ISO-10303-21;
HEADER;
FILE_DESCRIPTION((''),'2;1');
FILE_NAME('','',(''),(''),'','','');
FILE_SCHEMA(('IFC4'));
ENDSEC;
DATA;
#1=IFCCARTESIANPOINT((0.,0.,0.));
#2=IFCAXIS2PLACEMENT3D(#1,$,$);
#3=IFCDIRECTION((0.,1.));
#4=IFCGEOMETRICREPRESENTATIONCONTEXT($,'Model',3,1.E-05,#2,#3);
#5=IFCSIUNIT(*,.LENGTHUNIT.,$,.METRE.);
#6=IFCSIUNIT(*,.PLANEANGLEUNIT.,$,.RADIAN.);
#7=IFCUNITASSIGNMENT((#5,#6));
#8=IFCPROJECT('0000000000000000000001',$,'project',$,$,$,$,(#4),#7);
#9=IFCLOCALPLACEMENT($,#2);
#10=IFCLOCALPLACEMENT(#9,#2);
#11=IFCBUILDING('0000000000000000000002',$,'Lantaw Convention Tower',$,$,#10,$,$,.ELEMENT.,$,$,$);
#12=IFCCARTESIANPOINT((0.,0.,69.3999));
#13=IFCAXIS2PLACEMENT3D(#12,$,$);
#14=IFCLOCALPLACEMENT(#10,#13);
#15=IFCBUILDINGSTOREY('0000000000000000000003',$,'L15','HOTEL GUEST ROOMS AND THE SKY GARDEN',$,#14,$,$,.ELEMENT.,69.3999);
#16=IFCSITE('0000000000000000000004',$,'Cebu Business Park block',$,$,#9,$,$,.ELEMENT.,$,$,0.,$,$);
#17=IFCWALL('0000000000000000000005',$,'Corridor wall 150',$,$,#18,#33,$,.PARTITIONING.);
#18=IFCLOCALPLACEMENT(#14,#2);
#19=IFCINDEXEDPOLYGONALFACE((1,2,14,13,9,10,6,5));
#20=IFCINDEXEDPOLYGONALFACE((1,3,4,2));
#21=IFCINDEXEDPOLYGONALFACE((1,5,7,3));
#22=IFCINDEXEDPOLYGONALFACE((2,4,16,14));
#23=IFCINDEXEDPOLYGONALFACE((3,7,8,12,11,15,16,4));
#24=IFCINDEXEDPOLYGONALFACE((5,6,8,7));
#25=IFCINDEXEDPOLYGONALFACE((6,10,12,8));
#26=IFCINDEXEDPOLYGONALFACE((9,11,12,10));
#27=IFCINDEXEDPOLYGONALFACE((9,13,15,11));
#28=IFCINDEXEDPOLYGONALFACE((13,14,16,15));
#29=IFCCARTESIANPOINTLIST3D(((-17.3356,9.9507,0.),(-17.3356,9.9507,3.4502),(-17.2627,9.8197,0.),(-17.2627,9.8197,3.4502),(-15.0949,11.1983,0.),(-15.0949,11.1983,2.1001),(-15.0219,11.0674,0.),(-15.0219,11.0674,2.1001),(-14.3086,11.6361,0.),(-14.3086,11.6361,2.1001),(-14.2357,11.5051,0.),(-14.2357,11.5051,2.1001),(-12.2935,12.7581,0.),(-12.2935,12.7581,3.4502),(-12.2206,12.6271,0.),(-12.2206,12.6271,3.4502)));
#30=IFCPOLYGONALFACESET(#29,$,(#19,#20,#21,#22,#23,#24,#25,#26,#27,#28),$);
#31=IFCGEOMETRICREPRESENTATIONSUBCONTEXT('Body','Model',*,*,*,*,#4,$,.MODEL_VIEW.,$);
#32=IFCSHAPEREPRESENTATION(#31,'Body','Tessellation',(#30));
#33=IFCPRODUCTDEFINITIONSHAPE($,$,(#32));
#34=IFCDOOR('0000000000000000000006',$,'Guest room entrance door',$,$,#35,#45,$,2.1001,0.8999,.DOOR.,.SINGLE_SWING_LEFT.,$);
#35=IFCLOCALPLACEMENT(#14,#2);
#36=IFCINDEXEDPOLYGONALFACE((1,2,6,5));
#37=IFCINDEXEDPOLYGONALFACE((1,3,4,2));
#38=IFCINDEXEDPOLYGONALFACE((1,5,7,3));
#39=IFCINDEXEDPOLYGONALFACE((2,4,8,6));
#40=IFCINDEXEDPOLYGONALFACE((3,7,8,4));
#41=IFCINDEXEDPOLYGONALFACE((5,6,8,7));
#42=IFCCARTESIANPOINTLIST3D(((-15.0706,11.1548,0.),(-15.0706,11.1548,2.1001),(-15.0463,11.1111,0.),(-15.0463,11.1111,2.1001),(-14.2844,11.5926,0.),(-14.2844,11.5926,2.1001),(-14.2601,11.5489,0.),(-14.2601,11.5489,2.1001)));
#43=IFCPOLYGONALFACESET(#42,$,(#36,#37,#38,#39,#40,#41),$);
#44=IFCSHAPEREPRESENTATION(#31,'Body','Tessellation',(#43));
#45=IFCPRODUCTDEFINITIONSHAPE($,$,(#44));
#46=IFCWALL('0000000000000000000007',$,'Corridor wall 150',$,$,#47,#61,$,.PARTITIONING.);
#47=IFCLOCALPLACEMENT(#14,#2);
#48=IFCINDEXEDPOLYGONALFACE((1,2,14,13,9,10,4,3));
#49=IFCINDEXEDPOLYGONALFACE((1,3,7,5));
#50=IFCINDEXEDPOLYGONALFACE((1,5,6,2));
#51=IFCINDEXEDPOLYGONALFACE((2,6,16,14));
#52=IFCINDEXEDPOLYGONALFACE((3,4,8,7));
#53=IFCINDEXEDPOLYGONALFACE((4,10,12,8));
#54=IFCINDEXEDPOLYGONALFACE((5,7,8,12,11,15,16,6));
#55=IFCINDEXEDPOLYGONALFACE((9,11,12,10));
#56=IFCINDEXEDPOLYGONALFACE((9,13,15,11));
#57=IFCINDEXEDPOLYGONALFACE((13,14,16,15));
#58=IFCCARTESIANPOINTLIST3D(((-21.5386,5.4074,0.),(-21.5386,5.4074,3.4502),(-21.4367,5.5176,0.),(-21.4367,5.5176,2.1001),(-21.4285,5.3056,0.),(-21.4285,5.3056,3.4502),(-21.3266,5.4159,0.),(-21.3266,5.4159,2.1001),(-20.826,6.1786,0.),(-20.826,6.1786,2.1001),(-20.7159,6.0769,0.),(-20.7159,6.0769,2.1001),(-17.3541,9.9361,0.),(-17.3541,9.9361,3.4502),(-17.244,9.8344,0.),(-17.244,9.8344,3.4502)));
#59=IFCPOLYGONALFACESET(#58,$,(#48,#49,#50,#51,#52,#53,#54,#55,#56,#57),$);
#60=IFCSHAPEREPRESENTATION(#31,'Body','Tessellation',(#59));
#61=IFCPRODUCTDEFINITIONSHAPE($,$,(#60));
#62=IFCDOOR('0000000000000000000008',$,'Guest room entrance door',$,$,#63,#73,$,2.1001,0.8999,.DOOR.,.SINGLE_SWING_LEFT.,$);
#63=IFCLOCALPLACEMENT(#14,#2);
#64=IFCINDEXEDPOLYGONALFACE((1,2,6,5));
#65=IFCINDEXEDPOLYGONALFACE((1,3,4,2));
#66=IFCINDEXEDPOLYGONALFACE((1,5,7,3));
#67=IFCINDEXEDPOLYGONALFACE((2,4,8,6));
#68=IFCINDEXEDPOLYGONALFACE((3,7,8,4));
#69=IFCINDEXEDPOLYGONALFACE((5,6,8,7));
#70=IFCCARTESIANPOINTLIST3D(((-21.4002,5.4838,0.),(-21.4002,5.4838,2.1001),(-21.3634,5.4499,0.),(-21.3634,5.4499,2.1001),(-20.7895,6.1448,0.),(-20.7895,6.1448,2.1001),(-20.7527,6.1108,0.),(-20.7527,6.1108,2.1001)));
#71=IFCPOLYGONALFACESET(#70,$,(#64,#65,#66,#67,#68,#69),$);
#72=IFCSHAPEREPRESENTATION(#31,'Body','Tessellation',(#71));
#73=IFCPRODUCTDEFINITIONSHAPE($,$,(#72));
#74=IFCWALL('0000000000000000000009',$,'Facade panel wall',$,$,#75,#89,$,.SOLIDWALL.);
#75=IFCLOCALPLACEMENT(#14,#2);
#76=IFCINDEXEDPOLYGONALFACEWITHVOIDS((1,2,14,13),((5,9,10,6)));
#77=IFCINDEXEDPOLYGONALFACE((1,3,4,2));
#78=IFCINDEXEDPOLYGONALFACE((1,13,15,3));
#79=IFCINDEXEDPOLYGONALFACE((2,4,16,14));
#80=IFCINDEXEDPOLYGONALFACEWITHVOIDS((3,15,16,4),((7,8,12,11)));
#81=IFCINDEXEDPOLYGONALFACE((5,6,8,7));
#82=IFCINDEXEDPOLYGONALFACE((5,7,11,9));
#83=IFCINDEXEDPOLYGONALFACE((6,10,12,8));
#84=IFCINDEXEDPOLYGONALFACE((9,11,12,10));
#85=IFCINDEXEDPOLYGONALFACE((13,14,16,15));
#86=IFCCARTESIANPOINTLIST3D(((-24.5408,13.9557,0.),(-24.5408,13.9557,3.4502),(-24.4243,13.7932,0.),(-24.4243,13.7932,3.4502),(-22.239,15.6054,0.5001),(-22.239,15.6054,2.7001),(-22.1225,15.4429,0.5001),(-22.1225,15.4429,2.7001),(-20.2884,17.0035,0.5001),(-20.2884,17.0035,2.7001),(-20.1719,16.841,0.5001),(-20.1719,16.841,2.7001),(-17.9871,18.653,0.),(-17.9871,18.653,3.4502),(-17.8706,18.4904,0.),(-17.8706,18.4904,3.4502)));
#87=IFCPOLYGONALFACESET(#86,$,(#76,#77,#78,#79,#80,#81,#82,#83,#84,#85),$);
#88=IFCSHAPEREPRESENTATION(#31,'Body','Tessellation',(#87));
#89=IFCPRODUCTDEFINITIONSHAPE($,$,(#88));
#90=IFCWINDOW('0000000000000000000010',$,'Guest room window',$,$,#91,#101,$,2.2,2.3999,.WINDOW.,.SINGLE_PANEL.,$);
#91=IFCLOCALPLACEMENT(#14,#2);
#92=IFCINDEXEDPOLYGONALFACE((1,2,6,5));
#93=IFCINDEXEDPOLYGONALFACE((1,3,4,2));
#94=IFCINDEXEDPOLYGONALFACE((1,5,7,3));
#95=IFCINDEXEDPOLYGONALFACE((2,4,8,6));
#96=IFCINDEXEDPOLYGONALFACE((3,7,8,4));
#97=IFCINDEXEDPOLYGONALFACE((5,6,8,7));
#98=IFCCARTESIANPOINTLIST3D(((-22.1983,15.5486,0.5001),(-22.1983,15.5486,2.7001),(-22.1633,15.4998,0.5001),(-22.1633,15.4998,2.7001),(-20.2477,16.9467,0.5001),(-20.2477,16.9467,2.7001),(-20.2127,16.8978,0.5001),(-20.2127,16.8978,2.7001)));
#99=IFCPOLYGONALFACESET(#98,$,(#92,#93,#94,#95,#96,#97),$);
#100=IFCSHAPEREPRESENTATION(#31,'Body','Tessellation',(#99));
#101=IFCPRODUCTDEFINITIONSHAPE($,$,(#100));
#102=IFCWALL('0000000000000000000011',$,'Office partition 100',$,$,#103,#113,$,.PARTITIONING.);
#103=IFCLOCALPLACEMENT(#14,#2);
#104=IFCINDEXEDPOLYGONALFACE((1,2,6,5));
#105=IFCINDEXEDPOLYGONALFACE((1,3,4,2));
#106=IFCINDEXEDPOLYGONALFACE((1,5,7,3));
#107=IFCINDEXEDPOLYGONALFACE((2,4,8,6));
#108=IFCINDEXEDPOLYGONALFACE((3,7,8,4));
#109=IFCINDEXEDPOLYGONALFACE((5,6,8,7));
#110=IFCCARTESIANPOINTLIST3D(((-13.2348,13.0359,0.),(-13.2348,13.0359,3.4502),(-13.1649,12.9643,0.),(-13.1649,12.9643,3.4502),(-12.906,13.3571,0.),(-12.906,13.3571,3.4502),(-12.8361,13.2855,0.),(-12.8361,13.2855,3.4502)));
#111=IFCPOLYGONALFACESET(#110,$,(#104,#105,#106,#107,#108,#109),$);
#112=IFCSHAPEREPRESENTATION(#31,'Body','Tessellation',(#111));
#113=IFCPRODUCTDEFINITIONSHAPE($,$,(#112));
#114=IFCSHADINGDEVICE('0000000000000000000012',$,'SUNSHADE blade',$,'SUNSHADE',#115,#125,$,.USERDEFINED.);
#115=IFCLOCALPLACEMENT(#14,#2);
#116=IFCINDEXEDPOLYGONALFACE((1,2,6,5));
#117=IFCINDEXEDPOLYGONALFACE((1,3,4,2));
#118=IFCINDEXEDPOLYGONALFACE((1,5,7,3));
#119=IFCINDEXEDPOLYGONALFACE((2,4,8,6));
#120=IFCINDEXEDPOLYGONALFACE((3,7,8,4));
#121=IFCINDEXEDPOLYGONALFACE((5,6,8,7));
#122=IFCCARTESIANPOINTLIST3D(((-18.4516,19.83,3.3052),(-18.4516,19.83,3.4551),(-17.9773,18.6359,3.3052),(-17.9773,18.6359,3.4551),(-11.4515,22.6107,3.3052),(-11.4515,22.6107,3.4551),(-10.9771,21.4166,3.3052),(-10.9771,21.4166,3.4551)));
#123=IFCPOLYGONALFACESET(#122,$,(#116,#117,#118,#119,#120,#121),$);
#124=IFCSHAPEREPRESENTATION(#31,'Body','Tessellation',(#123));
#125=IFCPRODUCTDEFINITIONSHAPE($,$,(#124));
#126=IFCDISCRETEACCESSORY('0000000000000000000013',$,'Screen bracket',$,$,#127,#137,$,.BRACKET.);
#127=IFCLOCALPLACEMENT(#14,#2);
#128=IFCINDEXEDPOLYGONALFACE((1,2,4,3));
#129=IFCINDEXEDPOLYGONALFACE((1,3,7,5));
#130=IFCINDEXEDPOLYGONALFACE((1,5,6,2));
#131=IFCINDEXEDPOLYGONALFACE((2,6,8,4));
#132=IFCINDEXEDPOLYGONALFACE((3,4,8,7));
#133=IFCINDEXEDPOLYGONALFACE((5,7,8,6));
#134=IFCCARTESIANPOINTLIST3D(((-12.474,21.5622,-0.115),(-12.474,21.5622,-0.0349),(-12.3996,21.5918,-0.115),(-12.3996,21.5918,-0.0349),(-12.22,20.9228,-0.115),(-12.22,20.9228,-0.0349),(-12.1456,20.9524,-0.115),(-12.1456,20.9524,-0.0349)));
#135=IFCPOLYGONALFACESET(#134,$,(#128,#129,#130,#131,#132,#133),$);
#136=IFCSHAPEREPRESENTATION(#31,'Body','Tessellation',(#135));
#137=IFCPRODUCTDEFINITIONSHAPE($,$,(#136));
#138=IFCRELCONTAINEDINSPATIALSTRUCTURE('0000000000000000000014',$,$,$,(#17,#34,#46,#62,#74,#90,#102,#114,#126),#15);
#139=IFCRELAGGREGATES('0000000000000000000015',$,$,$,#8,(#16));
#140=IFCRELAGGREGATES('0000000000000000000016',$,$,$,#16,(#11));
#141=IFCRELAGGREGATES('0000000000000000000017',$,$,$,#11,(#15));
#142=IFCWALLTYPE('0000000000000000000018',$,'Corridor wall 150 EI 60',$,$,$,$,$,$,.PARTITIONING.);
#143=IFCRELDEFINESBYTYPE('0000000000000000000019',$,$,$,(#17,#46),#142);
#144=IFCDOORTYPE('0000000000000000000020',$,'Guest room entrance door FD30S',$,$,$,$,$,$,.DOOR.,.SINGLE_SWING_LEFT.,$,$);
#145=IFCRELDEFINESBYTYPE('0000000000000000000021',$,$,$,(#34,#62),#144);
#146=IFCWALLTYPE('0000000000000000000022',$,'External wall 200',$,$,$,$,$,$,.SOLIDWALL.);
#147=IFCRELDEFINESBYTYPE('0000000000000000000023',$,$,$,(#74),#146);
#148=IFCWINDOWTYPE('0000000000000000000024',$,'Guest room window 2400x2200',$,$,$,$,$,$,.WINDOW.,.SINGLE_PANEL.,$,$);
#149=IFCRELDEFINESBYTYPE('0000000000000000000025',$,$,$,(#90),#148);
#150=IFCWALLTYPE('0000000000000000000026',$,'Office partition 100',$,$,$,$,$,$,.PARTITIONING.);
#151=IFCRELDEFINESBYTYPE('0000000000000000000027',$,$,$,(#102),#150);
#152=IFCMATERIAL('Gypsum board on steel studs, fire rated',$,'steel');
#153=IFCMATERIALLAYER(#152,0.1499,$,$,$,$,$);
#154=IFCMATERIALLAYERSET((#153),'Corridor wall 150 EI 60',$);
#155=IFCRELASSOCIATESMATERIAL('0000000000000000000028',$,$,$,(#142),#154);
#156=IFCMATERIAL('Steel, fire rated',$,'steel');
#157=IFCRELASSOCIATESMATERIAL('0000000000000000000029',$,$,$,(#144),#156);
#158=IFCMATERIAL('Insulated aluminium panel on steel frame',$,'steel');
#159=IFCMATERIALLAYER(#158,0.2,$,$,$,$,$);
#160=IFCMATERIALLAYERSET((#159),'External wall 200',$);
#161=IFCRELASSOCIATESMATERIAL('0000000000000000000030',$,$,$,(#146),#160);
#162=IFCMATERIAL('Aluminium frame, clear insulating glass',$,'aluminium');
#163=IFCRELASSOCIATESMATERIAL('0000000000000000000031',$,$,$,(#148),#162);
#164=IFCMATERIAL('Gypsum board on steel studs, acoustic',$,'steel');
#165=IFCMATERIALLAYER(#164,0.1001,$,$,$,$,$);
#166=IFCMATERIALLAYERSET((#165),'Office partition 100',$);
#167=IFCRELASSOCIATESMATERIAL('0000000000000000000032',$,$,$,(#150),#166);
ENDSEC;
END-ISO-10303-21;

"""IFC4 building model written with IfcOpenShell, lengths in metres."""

from ifc_helpers import new_model, si_unit, direction, frame, frame_2d, origin, origin_2d, place, context, subcontext, project, spatial, rectangle, extrude, material, layer, layer_set, type_object, element, fill, save


model = new_model("IFC4")

# Units and contexts
model_context = context("Model", 3, precision=1e-05, world=origin(), true_north=direction((0.0, 1.0)))
body_context = subcontext(model_context, "Body", "Model", "MODEL_VIEW")
ifc_project = project(units=[si_unit("LENGTHUNIT", "METRE"), si_unit("PLANEANGLEUNIT", "RADIAN")], contexts=[model_context])

# Site, building, storey
site_placement = place(None, origin())
site = spatial("IfcSite", under=ifc_project, at=site_placement, Name="Cebu Business Park block", CompositionType="ELEMENT", RefElevation=0.0)
building_placement = place(site_placement, origin())
building = spatial("IfcBuilding", under=site, at=building_placement, Name="Lantaw Convention Tower", CompositionType="ELEMENT")
storey_placement = place(building_placement, frame((0.0, 0.0, 69.3999)))
storey = spatial("IfcBuildingStorey", under=building, at=storey_placement, Name="L15", Description="HOTEL GUEST ROOMS AND THE SKY GARDEN", CompositionType="ELEMENT", Elevation=69.3999)

# Walls, openings, doors
ifc_material_1 = material(Name="Steel, fire rated", Category="steel")
ifc_material_2 = material(Name="Gypsum board on steel studs, fire rated", Category="steel")
ifc_layer_1 = layer(ifc_material_2, 0.1499)
ifc_layer_set_1 = layer_set([ifc_layer_1], Name="Corridor wall 150 EI 60")
wall_type_1 = type_object("IfcWallType", Name="Corridor wall 150 EI 60", PredefinedType="PARTITIONING", material=ifc_layer_set_1)
wall_1_placement = place(storey_placement, frame((-12.2571, 12.6926, 0.0), z_axis=(0.0, 0.0, 1.0), x_axis=(-0.873696, -0.486472, 0.0)))
wall_1 = element("IfcWall", 1, at=wall_1_placement, inside=storey, type_object=wall_type_1, Name="Corridor wall 150", PredefinedType="PARTITIONING", context=body_context, shape_type="SweptSolid", body=[
    extrude(rectangle(XDim=5.771, YDim=0.1499, at=frame_2d((2.8855, 0.0))), origin(), (0.0, 0.0, 1.0), 3.4502),
])
opening_1_placement = place(wall_1_placement, frame((2.3064, 0.0, 0.0)))
opening_1 = element("IfcOpeningElement", 2, at=opening_1_placement, cuts=wall_1, PredefinedType="OPENING", context=body_context, shape_type="SweptSolid", body=[
    extrude(rectangle(XDim=0.8999, YDim=2.1001, at=frame_2d((0.45, 1.05))), frame((0.0, 0.085, 0.0), z_axis=(0.0, -1.0, 0.0), x_axis=(1.0, 0.0, 0.0)), (0.0, 0.0, 1.0), 0.1699),
])
door_type_1 = type_object("IfcDoorType", Name="Guest room entrance door FD30S", OperationType="SINGLE_SWING_LEFT", PredefinedType="DOOR", material=ifc_material_1)
door_1_placement = place(opening_1_placement, origin())
door_1 = element("IfcDoor", 3, at=door_1_placement, inside=storey, type_object=door_type_1, Name="Guest room entrance door", OperationType="SINGLE_SWING_LEFT", OverallHeight=2.1001, OverallWidth=0.8999, PredefinedType="DOOR", context=body_context, shape_type="SweptSolid", body=[
    extrude(rectangle(XDim=0.8999, YDim=2.1001, at=frame_2d((0.45, 1.05))), frame((0.0, 0.0249, 0.0), z_axis=(0.0, -1.0, 0.0), x_axis=(1.0, 0.0, 0.0)), (0.0, 0.0, 1.0), 0.05),
])
fill(opening_1, door_1)
wall_2_placement = place(storey_placement, frame((-17.2991, 9.8853, 0.0), z_axis=(0.0, 0.0, 1.0), x_axis=(-0.678642, -0.734469, 0.0)))
wall_2 = element("IfcWall", 4, at=wall_2_placement, inside=storey, type_object=wall_type_1, Name="Corridor wall 150", PredefinedType="PARTITIONING", context=body_context, shape_type="SweptSolid", body=[
    extrude(rectangle(XDim=6.166, YDim=0.1499, at=frame_2d((3.083, 0.0))), origin(), (0.0, 0.0, 1.0), 3.4502),
])
opening_2_placement = place(wall_2_placement, frame((5.116, 0.0, 0.0)))
opening_2 = element("IfcOpeningElement", 5, at=opening_2_placement, cuts=wall_2, PredefinedType="OPENING", context=body_context, shape_type="SweptSolid", body=[
    extrude(rectangle(XDim=0.8999, YDim=2.1001, at=frame_2d((0.45, 1.05))), frame((0.0, 0.085, 0.0), z_axis=(0.0, -1.0, 0.0), x_axis=(1.0, 0.0, 0.0)), (0.0, 0.0, 1.0), 0.1699),
])
door_2_placement = place(opening_2_placement, origin())
door_2 = element("IfcDoor", 6, at=door_2_placement, inside=storey, type_object=door_type_1, Name="Guest room entrance door", OperationType="SINGLE_SWING_LEFT", OverallHeight=2.1001, OverallWidth=0.8999, PredefinedType="DOOR", context=body_context, shape_type="SweptSolid", body=[
    extrude(rectangle(XDim=0.8999, YDim=2.1001, at=frame_2d((0.45, 1.05))), frame((0.0, 0.0249, 0.0), z_axis=(0.0, -1.0, 0.0), x_axis=(1.0, 0.0, 0.0)), (0.0, 0.0, 1.0), 0.05),
])
fill(opening_2, door_2)

# Wall, opening, window
ifc_material_3 = material(Name="Insulated aluminium panel on steel frame", Category="steel")
ifc_layer_2 = layer(ifc_material_3, 0.2)
ifc_layer_set_2 = layer_set([ifc_layer_2], Name="External wall 200")
wall_type_2 = type_object("IfcWallType", Name="External wall 200", PredefinedType="SOLIDWALL", material=ifc_layer_set_2)
wall_3_placement = place(storey_placement, frame((-17.9287, 18.5718, 0.0), z_axis=(0.0, 0.0, 1.0), x_axis=(-0.812791, -0.582555, 0.0)))
wall_3 = element("IfcWall", 7, at=wall_3_placement, inside=storey, type_object=wall_type_2, Name="Facade panel wall", PredefinedType="SOLIDWALL", context=body_context, shape_type="SweptSolid", body=[
    extrude(rectangle(XDim=8.0632, YDim=0.2, at=frame_2d((4.0317, 0.0))), origin(), (0.0, 0.0, 1.0), 3.4502),
])
opening_3_placement = place(wall_3_placement, frame((2.8315, 0.0, 0.5)))
opening_3 = element("IfcOpeningElement", 8, at=opening_3_placement, cuts=wall_3, PredefinedType="OPENING", context=body_context, shape_type="SweptSolid", body=[
    extrude(rectangle(XDim=2.3999, YDim=2.2, at=frame_2d((1.2, 1.1001))), frame((0.0, 0.1099, 0.0), z_axis=(0.0, -1.0, 0.0), x_axis=(1.0, 0.0, 0.0)), (0.0, 0.0, 1.0), 0.22),
])
ifc_material_4 = material(Name="Aluminium frame, clear insulating glass", Category="aluminium")
window_type = type_object("IfcWindowType", Name="Guest room window 2400x2200", PartitioningType="SINGLE_PANEL", PredefinedType="WINDOW", material=ifc_material_4)
window_placement = place(opening_3_placement, origin())
window = element("IfcWindow", 9, at=window_placement, inside=storey, type_object=window_type, Name="Guest room window", OverallHeight=2.2, OverallWidth=2.3999, PartitioningType="SINGLE_PANEL", PredefinedType="WINDOW", context=body_context, shape_type="SweptSolid", body=[
    extrude(rectangle(XDim=2.3999, YDim=2.2, at=frame_2d((1.2, 1.1001))), frame((0.0, 0.03, 0.0), z_axis=(0.0, -1.0, 0.0), x_axis=(1.0, 0.0, 0.0)), (0.0, 0.0, 1.0), 0.0601),
])
fill(opening_3, window)

# Wall
ifc_material_5 = material(Name="Gypsum board on steel studs, acoustic", Category="steel")
ifc_layer_3 = layer(ifc_material_5, 0.1001)
ifc_layer_set_3 = layer_set([ifc_layer_3], Name="Office partition 100")
wall_type_3 = type_object("IfcWallType", Name="Office partition 100", PredefinedType="PARTITIONING", material=ifc_layer_set_3)
wall_4_placement = place(storey_placement, frame((-13.2, 13.0, 0.0), z_axis=(0.0, 0.0, 1.0), x_axis=(0.71529, 0.698828, 0.0)))
element("IfcWall", 10, at=wall_4_placement, inside=storey, type_object=wall_type_3, Name="Office partition 100", PredefinedType="PARTITIONING", context=body_context, shape_type="SweptSolid", body=[
    extrude(rectangle(XDim=0.4597, YDim=0.1001, at=frame_2d((0.23, 0.0))), origin(), (0.0, 0.0, 1.0), 3.4502),
])

# Shading device
shading_device_placement = place(storey_placement, frame((-14.7144, 20.6233, 3.3052), z_axis=(0.0, 0.0, 1.0), x_axis=(-0.929361, -0.369172, 0.0)))
element("IfcShadingDevice", 11, at=shading_device_placement, inside=storey, Name="SUNSHADE blade", ObjectType="SUNSHADE", PredefinedType="USERDEFINED", context=body_context, shape_type="SweptSolid", body=[
    extrude(rectangle(XDim=7.5322, YDim=1.2849, at=origin_2d()), origin(), (0.0, 0.0, 1.0), 0.1499),
])

# Discrete accessory
discrete_accessory_placement = place(storey_placement, frame((-12.3098, 21.2573, -0.115), z_axis=(0.0, 0.0, 1.0), x_axis=(-0.929361, -0.369172, 0.0)))
element("IfcDiscreteAccessory", 12, at=discrete_accessory_placement, inside=storey, Name="Screen bracket", PredefinedType="BRACKET", context=body_context, shape_type="SweptSolid", body=[
    extrude(rectangle(XDim=0.0801, YDim=0.688, at=origin_2d()), origin(), (0.0, 0.0, 1.0), 0.0801),
])

save(model, "model.ifc")
